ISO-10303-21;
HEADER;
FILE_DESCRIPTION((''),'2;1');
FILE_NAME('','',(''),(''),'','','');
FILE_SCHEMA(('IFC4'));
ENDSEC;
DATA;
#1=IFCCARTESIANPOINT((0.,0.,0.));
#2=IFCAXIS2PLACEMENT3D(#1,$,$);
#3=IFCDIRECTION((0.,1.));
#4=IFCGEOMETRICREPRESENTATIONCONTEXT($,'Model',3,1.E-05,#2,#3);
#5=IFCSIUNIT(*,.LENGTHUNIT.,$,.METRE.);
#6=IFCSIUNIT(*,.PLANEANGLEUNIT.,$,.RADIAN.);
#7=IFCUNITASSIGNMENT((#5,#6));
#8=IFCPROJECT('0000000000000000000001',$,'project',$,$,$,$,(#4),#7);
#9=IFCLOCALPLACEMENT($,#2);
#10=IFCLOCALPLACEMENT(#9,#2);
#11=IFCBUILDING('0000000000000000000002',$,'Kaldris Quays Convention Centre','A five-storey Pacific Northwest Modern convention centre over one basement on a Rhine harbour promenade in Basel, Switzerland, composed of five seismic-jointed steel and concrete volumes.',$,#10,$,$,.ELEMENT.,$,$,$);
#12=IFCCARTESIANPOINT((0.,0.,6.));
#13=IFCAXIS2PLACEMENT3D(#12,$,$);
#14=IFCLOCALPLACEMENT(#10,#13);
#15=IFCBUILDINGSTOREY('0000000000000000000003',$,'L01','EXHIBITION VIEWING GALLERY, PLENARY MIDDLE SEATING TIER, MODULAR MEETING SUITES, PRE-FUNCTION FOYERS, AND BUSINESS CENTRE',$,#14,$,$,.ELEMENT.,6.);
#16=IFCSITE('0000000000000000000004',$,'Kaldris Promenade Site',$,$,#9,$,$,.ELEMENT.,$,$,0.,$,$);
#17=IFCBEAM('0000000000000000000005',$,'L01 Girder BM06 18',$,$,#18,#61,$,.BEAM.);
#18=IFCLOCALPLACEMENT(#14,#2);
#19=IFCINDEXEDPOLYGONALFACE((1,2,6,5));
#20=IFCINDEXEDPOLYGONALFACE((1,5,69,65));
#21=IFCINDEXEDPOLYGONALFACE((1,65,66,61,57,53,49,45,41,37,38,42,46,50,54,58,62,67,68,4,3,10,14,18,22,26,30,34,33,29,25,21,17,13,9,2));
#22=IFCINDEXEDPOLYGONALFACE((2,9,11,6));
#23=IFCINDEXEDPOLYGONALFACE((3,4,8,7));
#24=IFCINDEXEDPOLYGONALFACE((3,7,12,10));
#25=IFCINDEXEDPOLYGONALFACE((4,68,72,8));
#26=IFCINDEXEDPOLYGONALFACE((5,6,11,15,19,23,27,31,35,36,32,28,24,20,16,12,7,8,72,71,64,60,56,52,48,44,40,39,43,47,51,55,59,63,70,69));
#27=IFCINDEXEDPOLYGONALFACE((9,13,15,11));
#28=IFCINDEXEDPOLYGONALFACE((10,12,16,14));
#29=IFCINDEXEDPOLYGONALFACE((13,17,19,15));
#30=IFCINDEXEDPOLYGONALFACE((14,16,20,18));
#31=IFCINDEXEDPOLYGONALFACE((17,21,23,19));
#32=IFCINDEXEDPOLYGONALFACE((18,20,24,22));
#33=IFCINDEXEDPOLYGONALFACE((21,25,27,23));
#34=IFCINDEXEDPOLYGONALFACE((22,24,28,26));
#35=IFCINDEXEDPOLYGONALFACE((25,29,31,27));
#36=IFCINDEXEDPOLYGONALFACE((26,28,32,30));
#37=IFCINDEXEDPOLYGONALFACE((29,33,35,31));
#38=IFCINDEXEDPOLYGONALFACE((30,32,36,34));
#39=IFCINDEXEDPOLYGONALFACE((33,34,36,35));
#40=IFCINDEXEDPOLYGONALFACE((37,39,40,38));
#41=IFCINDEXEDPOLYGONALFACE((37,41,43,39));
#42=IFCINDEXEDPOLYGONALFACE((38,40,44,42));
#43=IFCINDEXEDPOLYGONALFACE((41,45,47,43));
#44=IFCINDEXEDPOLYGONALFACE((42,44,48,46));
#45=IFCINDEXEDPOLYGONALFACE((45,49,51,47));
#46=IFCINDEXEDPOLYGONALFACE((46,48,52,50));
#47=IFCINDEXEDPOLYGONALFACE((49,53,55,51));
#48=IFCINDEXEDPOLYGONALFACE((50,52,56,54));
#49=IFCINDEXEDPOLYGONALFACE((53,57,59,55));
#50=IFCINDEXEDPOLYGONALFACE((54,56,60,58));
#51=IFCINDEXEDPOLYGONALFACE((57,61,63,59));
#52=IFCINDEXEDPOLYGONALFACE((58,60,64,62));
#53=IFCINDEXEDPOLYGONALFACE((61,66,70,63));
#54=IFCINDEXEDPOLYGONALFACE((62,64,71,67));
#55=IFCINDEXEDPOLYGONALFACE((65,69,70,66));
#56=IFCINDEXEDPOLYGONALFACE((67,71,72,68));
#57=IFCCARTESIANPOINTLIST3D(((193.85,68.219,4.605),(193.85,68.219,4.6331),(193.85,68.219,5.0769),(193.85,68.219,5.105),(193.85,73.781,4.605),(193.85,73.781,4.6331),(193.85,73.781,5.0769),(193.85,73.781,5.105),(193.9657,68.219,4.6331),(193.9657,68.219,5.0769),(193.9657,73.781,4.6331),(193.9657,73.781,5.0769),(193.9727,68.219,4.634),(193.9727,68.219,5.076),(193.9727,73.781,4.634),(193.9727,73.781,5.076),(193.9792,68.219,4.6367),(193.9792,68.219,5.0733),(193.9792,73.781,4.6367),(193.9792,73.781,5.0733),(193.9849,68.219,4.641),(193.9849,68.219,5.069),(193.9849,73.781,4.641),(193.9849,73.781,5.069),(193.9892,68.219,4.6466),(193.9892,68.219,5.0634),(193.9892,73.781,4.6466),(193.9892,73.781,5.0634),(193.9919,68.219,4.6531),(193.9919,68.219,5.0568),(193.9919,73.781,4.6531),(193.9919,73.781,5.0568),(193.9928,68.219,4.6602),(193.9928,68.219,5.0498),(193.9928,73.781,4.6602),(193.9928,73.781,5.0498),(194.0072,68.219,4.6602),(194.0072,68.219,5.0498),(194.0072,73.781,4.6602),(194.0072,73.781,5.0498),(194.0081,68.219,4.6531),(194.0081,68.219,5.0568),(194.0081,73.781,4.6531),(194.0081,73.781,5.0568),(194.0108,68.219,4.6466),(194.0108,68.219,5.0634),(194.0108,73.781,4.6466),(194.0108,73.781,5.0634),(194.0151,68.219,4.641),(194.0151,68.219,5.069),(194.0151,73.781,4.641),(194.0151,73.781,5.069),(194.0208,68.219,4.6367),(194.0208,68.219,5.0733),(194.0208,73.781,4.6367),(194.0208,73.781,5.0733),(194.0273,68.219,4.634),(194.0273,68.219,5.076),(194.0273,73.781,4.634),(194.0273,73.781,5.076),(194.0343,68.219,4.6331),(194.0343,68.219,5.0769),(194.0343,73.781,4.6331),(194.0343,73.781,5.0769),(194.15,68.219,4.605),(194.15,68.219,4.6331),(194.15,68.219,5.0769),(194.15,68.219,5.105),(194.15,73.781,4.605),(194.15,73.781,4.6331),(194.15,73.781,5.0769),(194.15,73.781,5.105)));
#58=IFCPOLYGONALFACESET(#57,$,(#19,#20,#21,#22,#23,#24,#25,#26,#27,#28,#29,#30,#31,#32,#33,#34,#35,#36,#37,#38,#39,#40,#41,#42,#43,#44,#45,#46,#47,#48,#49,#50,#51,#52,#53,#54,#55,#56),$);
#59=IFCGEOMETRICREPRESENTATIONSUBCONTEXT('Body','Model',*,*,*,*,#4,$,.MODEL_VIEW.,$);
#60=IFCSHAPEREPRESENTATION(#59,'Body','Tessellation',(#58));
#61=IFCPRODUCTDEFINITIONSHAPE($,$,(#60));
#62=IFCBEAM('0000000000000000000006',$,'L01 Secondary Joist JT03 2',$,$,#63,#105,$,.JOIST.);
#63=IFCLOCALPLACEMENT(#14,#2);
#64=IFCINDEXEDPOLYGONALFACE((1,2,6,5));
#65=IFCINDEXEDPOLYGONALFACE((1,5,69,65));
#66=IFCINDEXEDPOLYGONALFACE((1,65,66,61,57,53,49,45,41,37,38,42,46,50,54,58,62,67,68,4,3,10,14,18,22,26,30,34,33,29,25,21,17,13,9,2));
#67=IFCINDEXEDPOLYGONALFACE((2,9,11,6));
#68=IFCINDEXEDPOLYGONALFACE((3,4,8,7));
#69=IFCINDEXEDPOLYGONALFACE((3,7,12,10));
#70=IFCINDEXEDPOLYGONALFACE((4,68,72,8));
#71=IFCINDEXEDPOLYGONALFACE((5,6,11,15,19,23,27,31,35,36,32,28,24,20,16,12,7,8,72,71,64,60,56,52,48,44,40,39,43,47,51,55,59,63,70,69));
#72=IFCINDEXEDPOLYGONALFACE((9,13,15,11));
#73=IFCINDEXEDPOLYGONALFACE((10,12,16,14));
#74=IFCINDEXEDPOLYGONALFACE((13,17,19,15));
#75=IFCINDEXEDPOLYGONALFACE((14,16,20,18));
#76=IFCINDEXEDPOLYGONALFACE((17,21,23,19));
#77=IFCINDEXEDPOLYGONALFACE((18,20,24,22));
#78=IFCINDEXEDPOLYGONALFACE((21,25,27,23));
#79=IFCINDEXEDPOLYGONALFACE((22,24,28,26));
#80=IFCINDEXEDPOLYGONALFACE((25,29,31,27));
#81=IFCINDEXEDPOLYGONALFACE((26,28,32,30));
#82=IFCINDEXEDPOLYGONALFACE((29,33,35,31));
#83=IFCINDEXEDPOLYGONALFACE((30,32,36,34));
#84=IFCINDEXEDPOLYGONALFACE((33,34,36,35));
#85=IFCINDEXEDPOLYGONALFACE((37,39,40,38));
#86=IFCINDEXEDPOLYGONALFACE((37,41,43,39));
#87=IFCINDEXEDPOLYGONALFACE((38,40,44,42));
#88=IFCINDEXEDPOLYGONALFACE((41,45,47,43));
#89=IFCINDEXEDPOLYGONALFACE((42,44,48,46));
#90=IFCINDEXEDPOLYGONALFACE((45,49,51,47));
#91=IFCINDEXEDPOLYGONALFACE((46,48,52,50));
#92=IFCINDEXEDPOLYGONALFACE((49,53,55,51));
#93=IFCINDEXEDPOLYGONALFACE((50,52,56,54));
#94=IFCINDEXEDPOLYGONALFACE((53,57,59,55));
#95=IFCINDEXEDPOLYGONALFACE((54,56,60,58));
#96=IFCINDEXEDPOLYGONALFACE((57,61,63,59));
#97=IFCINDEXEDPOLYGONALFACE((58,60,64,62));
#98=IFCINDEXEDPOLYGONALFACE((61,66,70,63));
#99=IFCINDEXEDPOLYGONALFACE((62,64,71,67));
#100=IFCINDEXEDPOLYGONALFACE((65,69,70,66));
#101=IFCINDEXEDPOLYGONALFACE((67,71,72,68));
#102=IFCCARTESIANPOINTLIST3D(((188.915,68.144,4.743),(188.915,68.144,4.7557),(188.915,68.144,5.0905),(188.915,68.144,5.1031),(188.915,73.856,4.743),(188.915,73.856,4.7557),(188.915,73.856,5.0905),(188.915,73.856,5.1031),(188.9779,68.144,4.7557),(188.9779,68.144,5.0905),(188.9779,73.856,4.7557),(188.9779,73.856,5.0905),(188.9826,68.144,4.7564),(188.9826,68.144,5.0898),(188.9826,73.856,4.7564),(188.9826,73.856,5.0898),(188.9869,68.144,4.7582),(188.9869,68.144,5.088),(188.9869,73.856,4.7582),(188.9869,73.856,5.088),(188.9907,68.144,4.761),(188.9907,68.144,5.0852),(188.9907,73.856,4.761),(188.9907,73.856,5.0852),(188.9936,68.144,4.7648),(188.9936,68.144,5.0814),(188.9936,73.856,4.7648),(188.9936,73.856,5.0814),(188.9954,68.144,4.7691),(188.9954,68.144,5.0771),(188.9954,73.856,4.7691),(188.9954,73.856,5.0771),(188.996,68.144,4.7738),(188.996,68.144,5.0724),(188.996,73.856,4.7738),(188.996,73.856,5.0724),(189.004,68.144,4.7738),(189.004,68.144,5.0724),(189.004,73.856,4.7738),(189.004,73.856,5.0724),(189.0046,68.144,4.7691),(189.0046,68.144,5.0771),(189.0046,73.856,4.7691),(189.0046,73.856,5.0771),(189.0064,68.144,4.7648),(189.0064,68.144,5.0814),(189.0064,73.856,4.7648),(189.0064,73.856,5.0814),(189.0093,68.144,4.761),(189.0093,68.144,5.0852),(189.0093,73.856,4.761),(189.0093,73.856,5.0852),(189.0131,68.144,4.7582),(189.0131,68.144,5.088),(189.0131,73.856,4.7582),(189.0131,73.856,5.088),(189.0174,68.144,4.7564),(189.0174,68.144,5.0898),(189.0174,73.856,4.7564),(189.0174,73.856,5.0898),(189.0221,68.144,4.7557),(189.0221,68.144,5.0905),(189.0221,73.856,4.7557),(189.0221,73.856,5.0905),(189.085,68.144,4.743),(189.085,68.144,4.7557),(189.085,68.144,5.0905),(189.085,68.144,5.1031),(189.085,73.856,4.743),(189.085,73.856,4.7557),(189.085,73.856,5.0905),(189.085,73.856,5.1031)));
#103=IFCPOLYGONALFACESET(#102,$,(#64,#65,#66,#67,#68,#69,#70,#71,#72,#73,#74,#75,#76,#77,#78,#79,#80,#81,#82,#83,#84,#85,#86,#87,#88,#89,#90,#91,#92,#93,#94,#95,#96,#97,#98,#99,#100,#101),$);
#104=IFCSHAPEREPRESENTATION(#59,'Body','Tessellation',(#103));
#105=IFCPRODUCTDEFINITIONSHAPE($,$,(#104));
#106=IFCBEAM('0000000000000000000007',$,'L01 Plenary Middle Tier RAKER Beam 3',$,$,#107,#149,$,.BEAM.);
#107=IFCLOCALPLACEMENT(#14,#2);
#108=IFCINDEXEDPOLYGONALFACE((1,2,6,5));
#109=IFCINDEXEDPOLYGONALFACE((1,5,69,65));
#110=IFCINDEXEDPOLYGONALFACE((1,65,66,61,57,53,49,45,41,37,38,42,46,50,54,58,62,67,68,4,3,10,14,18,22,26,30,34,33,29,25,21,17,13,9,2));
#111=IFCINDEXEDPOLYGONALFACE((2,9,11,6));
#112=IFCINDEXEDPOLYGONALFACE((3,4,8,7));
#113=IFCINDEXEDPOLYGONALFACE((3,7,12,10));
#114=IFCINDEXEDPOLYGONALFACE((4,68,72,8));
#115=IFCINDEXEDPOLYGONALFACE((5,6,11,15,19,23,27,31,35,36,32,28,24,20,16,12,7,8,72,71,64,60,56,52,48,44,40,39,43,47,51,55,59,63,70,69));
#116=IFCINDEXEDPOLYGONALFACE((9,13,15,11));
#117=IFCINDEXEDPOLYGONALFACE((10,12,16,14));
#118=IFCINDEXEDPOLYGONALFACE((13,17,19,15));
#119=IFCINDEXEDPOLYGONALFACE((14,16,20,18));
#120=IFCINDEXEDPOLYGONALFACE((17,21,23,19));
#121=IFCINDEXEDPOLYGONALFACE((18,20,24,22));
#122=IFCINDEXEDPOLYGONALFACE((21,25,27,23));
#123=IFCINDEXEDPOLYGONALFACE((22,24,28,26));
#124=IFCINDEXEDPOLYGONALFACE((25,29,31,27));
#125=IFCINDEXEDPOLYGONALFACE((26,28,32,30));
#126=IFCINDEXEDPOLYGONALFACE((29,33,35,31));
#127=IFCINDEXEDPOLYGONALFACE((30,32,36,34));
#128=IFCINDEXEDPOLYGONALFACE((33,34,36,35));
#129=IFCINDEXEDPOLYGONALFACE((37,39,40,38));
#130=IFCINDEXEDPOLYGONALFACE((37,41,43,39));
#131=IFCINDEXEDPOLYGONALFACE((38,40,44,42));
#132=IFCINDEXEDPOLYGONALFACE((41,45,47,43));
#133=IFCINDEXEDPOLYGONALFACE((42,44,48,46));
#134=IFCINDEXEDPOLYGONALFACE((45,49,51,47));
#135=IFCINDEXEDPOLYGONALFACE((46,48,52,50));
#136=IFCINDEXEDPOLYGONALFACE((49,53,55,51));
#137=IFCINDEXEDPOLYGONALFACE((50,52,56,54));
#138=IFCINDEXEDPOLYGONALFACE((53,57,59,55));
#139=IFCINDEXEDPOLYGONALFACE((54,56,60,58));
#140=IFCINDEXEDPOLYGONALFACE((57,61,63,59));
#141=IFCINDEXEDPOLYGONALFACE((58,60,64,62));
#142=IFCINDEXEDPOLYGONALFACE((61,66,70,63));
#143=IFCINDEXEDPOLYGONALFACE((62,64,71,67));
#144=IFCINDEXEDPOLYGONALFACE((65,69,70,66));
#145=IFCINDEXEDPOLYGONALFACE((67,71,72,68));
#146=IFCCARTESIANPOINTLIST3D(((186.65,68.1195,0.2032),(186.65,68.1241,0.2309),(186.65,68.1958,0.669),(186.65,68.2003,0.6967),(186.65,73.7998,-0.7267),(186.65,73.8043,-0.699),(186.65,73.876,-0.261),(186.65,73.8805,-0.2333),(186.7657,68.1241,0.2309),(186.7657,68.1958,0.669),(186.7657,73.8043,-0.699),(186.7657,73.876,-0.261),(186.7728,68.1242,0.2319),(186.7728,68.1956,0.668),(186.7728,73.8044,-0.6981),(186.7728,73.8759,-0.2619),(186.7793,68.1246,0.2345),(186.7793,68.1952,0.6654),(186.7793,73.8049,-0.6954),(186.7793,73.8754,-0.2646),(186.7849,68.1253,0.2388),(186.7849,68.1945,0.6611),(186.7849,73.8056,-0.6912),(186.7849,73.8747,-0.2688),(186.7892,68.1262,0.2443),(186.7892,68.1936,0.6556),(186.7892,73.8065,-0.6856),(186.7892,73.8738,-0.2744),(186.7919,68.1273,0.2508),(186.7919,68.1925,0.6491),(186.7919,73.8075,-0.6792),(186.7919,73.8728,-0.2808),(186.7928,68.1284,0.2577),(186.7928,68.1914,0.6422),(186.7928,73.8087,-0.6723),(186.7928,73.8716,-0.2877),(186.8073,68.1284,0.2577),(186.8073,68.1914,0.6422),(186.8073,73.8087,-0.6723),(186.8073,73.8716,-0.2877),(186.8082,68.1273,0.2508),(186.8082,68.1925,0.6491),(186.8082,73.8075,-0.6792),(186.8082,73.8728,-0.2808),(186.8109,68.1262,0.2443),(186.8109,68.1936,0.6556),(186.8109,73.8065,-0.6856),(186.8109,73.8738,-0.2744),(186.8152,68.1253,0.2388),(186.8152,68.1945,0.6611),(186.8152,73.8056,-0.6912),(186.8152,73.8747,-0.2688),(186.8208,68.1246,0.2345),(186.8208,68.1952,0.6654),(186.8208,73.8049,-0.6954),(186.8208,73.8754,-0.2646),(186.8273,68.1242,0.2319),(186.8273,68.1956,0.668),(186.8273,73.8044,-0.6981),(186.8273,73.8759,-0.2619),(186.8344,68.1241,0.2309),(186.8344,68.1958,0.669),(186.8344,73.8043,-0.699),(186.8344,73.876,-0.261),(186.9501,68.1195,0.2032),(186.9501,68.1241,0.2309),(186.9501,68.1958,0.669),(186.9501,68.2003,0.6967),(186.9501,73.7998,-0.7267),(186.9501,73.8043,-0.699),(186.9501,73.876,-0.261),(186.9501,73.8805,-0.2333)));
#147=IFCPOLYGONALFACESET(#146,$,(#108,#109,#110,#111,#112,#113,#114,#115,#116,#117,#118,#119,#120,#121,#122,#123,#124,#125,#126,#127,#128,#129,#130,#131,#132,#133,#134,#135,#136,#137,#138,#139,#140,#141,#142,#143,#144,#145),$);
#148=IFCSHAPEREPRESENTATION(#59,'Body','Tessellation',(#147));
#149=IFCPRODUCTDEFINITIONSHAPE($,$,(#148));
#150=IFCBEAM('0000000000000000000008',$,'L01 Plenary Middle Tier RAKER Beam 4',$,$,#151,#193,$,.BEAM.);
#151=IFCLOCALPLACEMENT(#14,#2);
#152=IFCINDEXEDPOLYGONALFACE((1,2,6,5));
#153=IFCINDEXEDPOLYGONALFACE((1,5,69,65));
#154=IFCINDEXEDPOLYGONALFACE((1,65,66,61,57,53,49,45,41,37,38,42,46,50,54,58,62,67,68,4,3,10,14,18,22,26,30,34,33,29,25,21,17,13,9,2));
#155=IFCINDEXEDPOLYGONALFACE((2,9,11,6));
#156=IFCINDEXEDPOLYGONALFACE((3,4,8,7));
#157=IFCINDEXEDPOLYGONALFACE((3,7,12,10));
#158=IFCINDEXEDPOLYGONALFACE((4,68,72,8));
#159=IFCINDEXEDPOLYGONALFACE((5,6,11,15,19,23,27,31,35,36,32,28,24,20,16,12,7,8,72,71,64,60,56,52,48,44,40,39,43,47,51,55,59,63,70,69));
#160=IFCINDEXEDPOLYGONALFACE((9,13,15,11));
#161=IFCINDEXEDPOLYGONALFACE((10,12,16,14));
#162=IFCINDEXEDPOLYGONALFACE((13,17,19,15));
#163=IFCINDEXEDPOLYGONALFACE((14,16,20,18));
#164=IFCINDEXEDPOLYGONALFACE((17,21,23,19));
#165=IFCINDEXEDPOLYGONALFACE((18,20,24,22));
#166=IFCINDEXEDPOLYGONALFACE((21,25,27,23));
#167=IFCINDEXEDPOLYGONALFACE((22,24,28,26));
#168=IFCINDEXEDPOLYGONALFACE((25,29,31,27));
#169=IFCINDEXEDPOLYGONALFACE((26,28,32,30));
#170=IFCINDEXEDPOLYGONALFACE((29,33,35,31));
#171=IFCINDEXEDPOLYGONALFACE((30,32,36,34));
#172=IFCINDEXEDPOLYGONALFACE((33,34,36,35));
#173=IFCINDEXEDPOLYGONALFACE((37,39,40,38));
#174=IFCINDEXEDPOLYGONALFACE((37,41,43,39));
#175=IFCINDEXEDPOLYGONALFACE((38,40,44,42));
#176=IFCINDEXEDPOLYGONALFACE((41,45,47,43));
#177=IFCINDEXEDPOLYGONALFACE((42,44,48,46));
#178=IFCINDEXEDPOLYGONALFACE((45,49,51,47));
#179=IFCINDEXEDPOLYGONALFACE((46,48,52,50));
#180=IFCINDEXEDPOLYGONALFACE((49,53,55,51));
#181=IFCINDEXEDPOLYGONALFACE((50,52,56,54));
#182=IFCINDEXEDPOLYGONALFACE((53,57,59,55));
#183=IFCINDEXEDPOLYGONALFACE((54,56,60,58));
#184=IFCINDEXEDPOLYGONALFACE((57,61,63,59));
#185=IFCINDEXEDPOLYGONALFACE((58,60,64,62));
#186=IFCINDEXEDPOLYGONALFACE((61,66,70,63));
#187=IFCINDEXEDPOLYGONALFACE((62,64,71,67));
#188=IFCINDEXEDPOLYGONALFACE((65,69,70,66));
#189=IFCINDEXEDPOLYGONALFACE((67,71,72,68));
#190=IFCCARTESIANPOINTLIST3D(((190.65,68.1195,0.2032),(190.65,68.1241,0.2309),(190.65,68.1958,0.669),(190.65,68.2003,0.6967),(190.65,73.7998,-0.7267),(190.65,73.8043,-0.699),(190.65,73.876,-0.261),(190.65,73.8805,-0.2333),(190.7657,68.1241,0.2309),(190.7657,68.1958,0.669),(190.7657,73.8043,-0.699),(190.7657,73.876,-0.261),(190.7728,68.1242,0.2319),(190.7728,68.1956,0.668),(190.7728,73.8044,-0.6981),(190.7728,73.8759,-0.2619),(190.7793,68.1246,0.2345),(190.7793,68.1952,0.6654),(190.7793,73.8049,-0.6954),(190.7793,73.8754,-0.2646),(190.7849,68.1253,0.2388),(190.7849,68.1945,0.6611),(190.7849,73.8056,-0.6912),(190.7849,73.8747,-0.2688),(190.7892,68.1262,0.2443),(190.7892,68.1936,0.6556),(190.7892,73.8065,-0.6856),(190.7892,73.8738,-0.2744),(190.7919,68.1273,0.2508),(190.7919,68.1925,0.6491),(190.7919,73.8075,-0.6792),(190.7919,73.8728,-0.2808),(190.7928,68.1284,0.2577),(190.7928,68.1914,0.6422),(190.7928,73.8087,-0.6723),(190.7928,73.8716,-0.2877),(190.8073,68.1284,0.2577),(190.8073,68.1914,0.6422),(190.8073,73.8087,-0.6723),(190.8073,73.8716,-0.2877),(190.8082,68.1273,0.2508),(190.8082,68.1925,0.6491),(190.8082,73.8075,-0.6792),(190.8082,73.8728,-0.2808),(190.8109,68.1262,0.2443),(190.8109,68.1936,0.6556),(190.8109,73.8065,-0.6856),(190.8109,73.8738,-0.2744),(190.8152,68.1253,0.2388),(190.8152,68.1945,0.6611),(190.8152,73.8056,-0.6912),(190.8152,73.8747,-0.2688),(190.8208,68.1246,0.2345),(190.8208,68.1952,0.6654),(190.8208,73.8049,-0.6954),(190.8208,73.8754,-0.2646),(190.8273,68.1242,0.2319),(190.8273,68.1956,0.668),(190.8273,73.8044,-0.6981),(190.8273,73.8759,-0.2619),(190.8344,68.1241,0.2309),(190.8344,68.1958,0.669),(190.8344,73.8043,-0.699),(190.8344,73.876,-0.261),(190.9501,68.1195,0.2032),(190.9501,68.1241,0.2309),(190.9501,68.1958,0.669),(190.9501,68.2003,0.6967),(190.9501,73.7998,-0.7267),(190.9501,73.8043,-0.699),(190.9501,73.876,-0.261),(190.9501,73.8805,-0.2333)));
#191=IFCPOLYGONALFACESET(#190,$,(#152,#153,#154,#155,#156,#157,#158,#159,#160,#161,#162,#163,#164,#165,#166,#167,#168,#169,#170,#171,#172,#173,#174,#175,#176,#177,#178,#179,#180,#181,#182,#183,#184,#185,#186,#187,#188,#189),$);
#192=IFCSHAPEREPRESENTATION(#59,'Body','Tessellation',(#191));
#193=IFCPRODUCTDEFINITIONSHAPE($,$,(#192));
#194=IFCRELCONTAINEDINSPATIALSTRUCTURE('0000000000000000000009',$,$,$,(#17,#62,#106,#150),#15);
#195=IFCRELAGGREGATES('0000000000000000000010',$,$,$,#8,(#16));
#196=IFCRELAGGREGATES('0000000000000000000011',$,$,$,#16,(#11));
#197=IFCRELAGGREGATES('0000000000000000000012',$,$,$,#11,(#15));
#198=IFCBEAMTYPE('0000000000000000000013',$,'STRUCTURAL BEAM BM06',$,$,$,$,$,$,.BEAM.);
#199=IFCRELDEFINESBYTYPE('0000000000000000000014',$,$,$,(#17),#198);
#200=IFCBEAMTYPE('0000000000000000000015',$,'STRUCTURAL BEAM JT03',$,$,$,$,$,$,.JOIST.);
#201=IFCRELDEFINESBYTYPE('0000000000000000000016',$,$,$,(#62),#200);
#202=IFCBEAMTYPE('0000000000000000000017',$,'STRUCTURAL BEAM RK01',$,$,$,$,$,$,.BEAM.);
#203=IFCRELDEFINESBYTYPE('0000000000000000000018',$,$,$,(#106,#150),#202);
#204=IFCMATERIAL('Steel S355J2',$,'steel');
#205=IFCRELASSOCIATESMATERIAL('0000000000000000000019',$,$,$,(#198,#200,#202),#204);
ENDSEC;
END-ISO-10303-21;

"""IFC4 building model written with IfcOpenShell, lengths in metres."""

from ifc_helpers import new_model, si_unit, direction, frame, origin, origin_2d, place, context, subcontext, project, spatial, i_section, extrude, material, material_profile, profile_set, type_object, element, save


model = new_model("IFC4")

# Units and contexts
model_context = context("Model", 3, precision=1e-05, world=origin(), true_north=direction((0.0, 1.0)))
body_context = subcontext(model_context, "Body", "Model", "MODEL_VIEW")
ifc_project = project(units=[si_unit("LENGTHUNIT", "METRE"), si_unit("PLANEANGLEUNIT", "RADIAN")], contexts=[model_context])

# Site, building, storey
site_placement = place(None, origin())
site = spatial("IfcSite", under=ifc_project, at=site_placement, Name="Kaldris Promenade Site", CompositionType="ELEMENT", RefElevation=0.0)
building_placement = place(site_placement, origin())
building = spatial("IfcBuilding", under=site, at=building_placement, Name="Kaldris Quays Convention Centre", Description="A five-storey Pacific Northwest Modern convention centre over one basement on a Rhine harbour promenade in Basel, Switzerland, composed of five seismic-jointed steel and concrete volumes.", CompositionType="ELEMENT")
storey_placement = place(building_placement, frame((0.0, 0.0, 6.0)))
storey = spatial("IfcBuildingStorey", under=building, at=storey_placement, Name="L01", Description="EXHIBITION VIEWING GALLERY, PLENARY MIDDLE SEATING TIER, MODULAR MEETING SUITES, PRE-FUNCTION FOYERS, AND BUSINESS CENTRE", CompositionType="ELEMENT", Elevation=6.0)

# Shared definitions
ifc_material_1 = material(Name="Steel S355J2", Category="steel")

# Beams
ifc_material_profile_1 = material_profile(ifc_material_1, i_section(OverallWidth=0.3, OverallDepth=0.5, WebThickness=0.0144, FlangeThickness=0.0281, FilletRadius=0.0271, at=origin_2d()), Name="HEB 500")
ifc_profile_set_1 = profile_set([ifc_material_profile_1], Name="Steel S355J2")
beam_type_1 = type_object("IfcBeamType", Name="STRUCTURAL BEAM BM06", PredefinedType="BEAM", material=ifc_profile_set_1)
beam_1_placement = place(storey_placement, frame((194.0, 68.219, 4.855), z_axis=(0.0, 1.0, 0.0), x_axis=(-1.0, 0.0, 0.0)))
element("IfcBeam", 1, at=beam_1_placement, inside=storey, type_object=beam_type_1, Name="L01 Girder BM06 18", PredefinedType="BEAM", context=body_context, shape_type="SweptSolid", body=[
    extrude(i_section(OverallWidth=0.3, OverallDepth=0.5, WebThickness=0.0144, FlangeThickness=0.0281, FilletRadius=0.0271, at=origin_2d()), origin(), (0.0, 0.0, 1.0), 5.562),
])
ifc_material_profile_2 = material_profile(ifc_material_1, i_section(OverallWidth=0.1699, OverallDepth=0.3601, WebThickness=0.0081, FlangeThickness=0.0127, FilletRadius=0.0181, at=origin_2d()), Name="IPE 360")
ifc_profile_set_2 = profile_set([ifc_material_profile_2], Name="Steel S355J2")
beam_type_2 = type_object("IfcBeamType", Name="STRUCTURAL BEAM JT03", PredefinedType="JOIST", material=ifc_profile_set_2)
beam_2_placement = place(storey_placement, frame((189.0, 68.144, 4.9231), z_axis=(0.0, 1.0, 0.0), x_axis=(-1.0, 0.0, 0.0)))
element("IfcBeam", 2, at=beam_2_placement, inside=storey, type_object=beam_type_2, Name="L01 Secondary Joist JT03 2", PredefinedType="JOIST", context=body_context, shape_type="SweptSolid", body=[
    extrude(i_section(OverallWidth=0.1699, OverallDepth=0.3601, WebThickness=0.0081, FlangeThickness=0.0127, FilletRadius=0.0181, at=origin_2d()), origin(), (0.0, 0.0, 1.0), 5.7119),
])
ifc_material_profile_3 = material_profile(ifc_material_1, i_section(OverallWidth=0.3, OverallDepth=0.5, WebThickness=0.0144, FlangeThickness=0.0281, FilletRadius=0.0271, at=origin_2d()), Name="HEB 500")
ifc_profile_set_3 = profile_set([ifc_material_profile_3], Name="Steel S355J2")
beam_type_3 = type_object("IfcBeamType", Name="STRUCTURAL BEAM RK01", PredefinedType="BEAM", material=ifc_profile_set_3)
for number, where, z_axis, x_axis, name in (
    (3, (186.8, 68.1599, 0.45), (0.0, 0.986862, -0.161564), (-1.0, 0.0, 0.0), "L01 Plenary Middle Tier RAKER Beam 3"),
    (4, (190.8, 68.1599, 0.45), (0.0, 0.986862, -0.161564), (-1.0, 0.0, 0.0), "L01 Plenary Middle Tier RAKER Beam 4"),
):
    element("IfcBeam", number, at=place(storey_placement, frame(where, z_axis=z_axis, x_axis=x_axis)), inside=storey, type_object=beam_type_3, Name=name, PredefinedType="BEAM", context=body_context, shape_type="SweptSolid", body=[
        extrude(i_section(OverallWidth=0.3, OverallDepth=0.5, WebThickness=0.0144, FlangeThickness=0.0281, FilletRadius=0.0271, at=origin_2d()), origin(), (0.0, 0.0, 1.0), 5.7559),
    ])

save(model, "model.ifc")
